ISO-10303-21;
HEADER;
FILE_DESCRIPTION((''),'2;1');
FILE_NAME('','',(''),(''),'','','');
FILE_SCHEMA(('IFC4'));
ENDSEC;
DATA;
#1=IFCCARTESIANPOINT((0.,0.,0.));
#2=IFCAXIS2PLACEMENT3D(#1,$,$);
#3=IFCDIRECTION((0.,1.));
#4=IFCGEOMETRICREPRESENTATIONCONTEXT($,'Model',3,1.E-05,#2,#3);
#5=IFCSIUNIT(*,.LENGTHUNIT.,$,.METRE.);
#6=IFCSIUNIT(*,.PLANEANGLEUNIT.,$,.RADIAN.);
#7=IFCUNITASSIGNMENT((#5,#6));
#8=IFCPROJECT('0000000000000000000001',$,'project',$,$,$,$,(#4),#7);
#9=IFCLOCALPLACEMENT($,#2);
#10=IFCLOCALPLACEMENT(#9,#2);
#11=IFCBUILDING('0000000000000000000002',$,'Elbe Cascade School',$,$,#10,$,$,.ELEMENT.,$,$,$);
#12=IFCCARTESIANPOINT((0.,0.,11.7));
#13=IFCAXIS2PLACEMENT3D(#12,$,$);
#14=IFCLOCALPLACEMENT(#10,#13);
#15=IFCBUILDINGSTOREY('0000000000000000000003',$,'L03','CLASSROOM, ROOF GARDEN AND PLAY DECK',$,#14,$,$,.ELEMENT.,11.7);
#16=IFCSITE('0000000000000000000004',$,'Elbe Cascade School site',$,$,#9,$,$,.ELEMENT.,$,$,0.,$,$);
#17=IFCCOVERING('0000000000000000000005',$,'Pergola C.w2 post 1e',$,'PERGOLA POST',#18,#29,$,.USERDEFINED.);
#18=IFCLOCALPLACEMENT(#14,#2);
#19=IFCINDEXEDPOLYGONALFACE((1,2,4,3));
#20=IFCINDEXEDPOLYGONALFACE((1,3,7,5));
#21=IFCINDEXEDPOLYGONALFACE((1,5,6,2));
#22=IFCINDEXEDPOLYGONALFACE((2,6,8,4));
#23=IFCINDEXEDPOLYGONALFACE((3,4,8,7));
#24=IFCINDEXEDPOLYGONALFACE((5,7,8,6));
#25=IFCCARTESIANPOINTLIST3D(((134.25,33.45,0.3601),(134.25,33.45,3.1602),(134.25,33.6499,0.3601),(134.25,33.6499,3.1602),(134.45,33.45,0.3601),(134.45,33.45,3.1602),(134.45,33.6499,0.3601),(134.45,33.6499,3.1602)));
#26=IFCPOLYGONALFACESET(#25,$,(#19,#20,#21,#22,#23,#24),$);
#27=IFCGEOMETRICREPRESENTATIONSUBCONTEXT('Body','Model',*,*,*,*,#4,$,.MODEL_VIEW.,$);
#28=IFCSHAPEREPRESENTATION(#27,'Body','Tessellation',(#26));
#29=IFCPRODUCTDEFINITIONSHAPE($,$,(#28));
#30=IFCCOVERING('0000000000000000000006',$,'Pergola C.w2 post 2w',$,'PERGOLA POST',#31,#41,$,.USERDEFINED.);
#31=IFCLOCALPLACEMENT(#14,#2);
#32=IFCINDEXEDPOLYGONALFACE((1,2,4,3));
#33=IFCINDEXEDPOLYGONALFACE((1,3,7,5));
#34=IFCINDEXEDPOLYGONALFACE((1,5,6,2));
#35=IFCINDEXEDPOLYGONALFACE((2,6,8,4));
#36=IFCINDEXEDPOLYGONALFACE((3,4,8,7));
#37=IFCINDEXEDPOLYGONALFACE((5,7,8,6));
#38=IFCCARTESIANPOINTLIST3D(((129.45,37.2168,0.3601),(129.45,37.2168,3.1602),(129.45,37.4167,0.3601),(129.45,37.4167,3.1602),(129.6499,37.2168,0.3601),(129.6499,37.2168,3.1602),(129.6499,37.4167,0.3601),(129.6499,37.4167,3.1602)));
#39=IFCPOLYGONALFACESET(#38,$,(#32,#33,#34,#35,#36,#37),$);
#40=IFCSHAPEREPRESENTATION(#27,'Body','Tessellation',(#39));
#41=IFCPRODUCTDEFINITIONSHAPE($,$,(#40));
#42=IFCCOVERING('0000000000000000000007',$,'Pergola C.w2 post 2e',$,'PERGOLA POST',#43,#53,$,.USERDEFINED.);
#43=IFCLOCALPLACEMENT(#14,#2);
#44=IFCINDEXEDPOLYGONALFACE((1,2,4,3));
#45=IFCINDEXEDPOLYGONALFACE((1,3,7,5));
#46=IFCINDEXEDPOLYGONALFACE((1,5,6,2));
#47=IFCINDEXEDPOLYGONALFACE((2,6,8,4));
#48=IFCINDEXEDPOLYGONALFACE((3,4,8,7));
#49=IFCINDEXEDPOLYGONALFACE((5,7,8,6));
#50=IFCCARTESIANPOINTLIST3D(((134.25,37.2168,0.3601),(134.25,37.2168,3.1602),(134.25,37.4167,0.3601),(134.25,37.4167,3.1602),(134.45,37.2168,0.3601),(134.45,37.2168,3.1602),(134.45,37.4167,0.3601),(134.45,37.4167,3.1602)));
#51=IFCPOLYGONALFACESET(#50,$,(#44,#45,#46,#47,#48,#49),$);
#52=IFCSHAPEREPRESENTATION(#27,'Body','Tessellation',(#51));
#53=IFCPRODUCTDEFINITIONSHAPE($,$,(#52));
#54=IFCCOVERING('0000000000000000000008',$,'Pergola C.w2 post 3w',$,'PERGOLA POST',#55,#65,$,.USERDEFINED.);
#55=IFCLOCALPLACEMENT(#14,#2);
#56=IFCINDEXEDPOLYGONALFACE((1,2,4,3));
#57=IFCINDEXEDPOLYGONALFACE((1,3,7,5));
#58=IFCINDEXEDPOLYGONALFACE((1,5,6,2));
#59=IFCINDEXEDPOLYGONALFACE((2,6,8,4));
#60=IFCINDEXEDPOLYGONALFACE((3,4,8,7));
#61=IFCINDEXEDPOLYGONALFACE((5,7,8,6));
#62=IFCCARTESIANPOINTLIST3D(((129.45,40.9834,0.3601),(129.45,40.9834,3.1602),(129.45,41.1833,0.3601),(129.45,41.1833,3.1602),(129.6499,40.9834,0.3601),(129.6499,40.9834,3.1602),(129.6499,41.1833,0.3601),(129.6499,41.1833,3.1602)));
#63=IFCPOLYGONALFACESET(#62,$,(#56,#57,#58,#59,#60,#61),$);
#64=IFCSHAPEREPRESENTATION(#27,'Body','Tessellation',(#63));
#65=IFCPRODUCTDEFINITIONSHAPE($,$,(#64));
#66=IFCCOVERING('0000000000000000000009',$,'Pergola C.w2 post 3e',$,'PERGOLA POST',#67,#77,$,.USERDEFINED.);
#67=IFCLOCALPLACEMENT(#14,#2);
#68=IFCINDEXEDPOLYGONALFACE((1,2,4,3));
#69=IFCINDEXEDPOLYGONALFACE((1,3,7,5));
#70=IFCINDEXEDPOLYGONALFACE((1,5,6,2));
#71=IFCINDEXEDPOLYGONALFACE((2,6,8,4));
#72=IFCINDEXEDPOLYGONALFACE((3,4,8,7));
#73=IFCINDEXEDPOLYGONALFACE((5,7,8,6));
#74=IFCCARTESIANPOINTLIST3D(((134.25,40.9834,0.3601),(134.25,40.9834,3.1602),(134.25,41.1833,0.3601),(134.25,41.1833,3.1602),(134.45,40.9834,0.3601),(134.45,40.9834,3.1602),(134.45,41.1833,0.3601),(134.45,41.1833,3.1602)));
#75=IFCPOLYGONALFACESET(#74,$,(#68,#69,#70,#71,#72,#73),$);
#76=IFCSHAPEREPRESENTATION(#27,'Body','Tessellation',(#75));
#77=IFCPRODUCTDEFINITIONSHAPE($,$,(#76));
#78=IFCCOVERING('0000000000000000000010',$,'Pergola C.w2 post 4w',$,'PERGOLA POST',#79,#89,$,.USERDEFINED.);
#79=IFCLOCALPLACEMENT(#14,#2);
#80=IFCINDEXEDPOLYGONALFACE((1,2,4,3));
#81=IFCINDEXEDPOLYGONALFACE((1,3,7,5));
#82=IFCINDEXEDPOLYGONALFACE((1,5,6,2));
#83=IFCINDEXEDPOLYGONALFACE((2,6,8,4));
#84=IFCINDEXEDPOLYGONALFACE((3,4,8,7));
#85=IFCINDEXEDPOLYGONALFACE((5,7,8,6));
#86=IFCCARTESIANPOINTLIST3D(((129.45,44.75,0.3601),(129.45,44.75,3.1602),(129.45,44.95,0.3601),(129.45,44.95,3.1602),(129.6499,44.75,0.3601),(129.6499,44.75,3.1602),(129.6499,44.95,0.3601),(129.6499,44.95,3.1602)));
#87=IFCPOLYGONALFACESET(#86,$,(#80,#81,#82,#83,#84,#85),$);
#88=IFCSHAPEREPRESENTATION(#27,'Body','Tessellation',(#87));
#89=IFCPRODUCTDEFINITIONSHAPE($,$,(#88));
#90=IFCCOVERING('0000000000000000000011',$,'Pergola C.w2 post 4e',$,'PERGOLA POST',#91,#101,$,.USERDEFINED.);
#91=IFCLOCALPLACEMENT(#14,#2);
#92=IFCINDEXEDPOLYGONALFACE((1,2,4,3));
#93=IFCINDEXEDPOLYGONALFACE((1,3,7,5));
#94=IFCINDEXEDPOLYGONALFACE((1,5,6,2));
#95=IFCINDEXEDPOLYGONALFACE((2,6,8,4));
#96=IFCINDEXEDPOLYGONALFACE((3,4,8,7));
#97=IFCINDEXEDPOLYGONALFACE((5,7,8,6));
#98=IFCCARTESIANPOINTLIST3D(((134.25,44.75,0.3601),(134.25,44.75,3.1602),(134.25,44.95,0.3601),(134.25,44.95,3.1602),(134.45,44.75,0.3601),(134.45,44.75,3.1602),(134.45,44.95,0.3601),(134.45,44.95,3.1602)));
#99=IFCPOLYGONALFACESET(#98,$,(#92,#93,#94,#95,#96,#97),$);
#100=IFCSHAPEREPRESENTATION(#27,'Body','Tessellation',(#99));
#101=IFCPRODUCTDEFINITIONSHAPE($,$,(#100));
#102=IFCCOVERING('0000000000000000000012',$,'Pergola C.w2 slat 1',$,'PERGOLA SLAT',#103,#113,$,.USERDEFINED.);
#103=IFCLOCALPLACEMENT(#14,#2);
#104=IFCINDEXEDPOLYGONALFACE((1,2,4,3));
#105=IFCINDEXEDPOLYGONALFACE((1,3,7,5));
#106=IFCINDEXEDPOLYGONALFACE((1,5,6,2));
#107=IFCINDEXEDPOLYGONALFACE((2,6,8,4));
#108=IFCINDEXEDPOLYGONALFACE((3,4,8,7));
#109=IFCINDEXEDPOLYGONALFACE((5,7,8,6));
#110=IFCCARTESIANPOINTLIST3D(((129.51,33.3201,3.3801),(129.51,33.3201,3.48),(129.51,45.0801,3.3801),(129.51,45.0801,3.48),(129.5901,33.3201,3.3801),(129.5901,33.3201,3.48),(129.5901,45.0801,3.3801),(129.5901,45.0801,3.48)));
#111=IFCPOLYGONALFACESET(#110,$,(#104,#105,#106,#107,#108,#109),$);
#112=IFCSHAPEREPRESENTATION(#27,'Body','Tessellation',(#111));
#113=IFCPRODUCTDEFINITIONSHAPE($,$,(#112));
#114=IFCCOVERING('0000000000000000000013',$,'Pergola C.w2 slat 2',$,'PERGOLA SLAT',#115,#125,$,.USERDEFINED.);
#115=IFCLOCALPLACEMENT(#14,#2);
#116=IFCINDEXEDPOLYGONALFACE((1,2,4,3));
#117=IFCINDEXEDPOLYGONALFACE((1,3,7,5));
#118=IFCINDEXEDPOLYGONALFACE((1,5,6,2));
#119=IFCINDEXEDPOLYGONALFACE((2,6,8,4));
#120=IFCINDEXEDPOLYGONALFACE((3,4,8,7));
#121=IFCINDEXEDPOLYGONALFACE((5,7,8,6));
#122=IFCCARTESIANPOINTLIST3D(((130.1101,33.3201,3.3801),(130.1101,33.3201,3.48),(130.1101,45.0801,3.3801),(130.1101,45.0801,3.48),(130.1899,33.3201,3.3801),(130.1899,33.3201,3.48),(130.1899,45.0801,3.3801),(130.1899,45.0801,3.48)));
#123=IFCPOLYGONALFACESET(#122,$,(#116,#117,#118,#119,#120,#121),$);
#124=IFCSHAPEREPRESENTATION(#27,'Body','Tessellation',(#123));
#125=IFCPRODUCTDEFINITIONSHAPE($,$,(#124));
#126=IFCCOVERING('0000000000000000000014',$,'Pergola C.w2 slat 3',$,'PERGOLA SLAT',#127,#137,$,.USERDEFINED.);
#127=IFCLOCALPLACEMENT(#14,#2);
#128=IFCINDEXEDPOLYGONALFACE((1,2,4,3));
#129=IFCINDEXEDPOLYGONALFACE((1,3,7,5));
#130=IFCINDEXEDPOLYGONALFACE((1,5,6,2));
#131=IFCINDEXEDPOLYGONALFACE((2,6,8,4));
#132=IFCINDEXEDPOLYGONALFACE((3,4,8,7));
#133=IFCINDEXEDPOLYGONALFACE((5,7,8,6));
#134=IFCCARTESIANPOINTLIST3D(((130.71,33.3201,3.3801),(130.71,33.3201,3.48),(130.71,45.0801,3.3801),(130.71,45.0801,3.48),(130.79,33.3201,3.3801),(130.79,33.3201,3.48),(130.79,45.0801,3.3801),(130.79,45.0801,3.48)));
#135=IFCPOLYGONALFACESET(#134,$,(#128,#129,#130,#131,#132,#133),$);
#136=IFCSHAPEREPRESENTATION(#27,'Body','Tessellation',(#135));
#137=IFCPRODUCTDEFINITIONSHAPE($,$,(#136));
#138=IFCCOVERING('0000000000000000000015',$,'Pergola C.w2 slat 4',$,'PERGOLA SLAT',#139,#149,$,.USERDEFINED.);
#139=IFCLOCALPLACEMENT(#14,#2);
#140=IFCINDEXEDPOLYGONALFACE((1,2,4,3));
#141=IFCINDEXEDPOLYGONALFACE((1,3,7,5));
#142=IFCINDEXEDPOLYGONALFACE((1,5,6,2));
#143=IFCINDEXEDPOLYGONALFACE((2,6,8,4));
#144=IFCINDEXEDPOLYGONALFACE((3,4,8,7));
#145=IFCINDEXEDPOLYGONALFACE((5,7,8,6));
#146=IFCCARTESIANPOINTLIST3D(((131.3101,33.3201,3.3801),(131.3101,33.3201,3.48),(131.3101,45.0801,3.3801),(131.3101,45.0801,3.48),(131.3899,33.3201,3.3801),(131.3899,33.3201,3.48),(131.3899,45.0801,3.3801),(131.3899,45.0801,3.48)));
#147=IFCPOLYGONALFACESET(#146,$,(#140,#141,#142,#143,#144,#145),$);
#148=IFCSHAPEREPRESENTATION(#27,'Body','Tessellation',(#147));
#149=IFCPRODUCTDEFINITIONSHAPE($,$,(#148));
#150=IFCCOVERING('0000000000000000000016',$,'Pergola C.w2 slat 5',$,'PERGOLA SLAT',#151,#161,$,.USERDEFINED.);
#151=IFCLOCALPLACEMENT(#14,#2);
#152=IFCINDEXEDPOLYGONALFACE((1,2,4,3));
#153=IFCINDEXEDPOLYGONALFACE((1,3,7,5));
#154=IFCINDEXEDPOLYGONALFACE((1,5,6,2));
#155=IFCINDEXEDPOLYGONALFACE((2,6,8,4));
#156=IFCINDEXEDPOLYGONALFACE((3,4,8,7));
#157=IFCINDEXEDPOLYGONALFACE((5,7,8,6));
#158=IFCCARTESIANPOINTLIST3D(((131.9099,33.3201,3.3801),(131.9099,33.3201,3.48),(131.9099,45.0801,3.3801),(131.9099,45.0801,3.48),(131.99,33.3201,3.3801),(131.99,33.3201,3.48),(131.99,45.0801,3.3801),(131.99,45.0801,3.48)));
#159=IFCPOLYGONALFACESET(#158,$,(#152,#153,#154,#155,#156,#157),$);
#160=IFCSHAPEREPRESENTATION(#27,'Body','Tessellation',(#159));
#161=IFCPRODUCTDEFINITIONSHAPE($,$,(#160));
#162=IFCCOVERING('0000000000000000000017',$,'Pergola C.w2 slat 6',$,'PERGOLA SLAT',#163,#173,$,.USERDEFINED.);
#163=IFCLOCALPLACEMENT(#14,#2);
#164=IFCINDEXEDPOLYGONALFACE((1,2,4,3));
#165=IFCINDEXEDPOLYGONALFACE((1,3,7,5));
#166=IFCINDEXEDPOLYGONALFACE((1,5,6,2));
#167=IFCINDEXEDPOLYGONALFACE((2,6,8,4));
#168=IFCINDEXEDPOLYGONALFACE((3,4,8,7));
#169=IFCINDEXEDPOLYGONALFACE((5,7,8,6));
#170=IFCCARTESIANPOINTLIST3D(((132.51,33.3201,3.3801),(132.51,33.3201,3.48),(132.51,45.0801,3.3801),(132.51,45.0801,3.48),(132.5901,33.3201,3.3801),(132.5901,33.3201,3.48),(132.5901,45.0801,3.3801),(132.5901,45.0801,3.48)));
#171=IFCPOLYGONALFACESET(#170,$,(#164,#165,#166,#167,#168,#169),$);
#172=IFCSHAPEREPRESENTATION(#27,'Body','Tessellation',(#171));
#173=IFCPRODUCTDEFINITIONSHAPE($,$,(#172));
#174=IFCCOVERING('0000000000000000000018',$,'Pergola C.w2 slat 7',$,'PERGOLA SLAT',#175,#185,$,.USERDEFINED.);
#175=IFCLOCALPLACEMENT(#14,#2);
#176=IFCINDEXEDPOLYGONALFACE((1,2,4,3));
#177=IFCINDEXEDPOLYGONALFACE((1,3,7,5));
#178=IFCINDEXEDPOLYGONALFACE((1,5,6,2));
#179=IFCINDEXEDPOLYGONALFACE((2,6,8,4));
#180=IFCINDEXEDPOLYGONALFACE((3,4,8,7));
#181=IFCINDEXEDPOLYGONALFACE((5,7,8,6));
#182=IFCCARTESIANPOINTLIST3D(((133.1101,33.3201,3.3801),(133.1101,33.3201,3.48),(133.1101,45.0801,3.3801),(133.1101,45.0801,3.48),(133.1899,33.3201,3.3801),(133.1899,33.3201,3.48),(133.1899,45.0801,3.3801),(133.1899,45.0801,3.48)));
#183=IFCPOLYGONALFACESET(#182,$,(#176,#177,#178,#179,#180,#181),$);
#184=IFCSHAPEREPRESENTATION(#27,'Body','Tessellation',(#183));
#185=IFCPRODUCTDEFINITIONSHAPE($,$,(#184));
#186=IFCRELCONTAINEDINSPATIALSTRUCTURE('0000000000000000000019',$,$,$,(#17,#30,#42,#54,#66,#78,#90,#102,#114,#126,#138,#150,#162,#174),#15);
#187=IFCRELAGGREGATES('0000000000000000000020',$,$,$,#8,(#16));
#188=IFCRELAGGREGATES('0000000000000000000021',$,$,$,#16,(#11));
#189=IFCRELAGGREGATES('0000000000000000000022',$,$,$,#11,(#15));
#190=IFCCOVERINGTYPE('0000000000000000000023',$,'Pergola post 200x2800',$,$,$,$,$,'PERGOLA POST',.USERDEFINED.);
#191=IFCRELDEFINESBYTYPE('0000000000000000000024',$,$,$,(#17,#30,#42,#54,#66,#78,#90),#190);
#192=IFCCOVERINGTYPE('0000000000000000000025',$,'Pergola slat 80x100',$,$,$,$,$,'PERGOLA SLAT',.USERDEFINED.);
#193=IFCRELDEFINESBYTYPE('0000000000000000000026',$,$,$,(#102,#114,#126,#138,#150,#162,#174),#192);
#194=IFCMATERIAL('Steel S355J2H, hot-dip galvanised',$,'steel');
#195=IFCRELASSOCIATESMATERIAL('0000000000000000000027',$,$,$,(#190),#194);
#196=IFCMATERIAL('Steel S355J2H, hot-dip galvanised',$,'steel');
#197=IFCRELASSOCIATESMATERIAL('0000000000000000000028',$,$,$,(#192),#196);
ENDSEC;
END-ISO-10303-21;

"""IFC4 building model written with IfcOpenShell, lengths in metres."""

from ifc_helpers import new_model, si_unit, direction, frame, origin, place, context, subcontext, project, spatial, polyline, outline, extrude, material, type_object, element, save


model = new_model("IFC4")

# Units and contexts
model_context = context("Model", 3, precision=1e-05, world=origin(), true_north=direction((0.0, 1.0)))
body_context = subcontext(model_context, "Body", "Model", "MODEL_VIEW")
ifc_project = project(units=[si_unit("LENGTHUNIT", "METRE"), si_unit("PLANEANGLEUNIT", "RADIAN")], contexts=[model_context])

# Site, building, storey
site_placement = place(None, origin())
site = spatial("IfcSite", under=ifc_project, at=site_placement, Name="Elbe Cascade School site", CompositionType="ELEMENT", RefElevation=0.0)
building_placement = place(site_placement, origin())
building = spatial("IfcBuilding", under=site, at=building_placement, Name="Elbe Cascade School", CompositionType="ELEMENT")
storey_placement = place(building_placement, frame((0.0, 0.0, 11.7)))
storey = spatial("IfcBuildingStorey", under=building, at=storey_placement, Name="L03", Description="CLASSROOM, ROOF GARDEN AND PLAY DECK", CompositionType="ELEMENT", Elevation=11.7)

# Coverings
ifc_material_1 = material(Name="Steel S355J2H, hot-dip galvanised", Category="steel")
covering_type_1 = type_object("IfcCoveringType", Name="Pergola post 200x2800", ElementType="PERGOLA POST", PredefinedType="USERDEFINED", material=ifc_material_1)
covering_1_placement = place(storey_placement, frame((0.0, 0.0, 0.3601)))
element("IfcCovering", 1, at=covering_1_placement, inside=storey, type_object=covering_type_1, Name="Pergola C.w2 post 1e", ObjectType="PERGOLA POST", PredefinedType="USERDEFINED", context=body_context, shape_type="SweptSolid", body=[
    extrude(outline(polyline([(134.25, 33.45), (134.45, 33.45), (134.45, 33.6499), (134.25, 33.6499), (134.25, 33.45)])), origin(), (0.0, 0.0, 1.0), 2.8),
])
covering_2_placement = place(storey_placement, frame((0.0, 0.0, 0.3601)))
element("IfcCovering", 2, at=covering_2_placement, inside=storey, type_object=covering_type_1, Name="Pergola C.w2 post 2w", ObjectType="PERGOLA POST", PredefinedType="USERDEFINED", context=body_context, shape_type="SweptSolid", body=[
    extrude(outline(polyline([(129.45, 37.2168), (129.6499, 37.2168), (129.6499, 37.4167), (129.45, 37.4167), (129.45, 37.2168)])), origin(), (0.0, 0.0, 1.0), 2.8),
])
covering_3_placement = place(storey_placement, frame((0.0, 0.0, 0.3601)))
element("IfcCovering", 3, at=covering_3_placement, inside=storey, type_object=covering_type_1, Name="Pergola C.w2 post 2e", ObjectType="PERGOLA POST", PredefinedType="USERDEFINED", context=body_context, shape_type="SweptSolid", body=[
    extrude(outline(polyline([(134.25, 37.2168), (134.45, 37.2168), (134.45, 37.4167), (134.25, 37.4167), (134.25, 37.2168)])), origin(), (0.0, 0.0, 1.0), 2.8),
])
covering_4_placement = place(storey_placement, frame((0.0, 0.0, 0.3601)))
element("IfcCovering", 4, at=covering_4_placement, inside=storey, type_object=covering_type_1, Name="Pergola C.w2 post 3w", ObjectType="PERGOLA POST", PredefinedType="USERDEFINED", context=body_context, shape_type="SweptSolid", body=[
    extrude(outline(polyline([(129.45, 40.9834), (129.6499, 40.9834), (129.6499, 41.1833), (129.45, 41.1833), (129.45, 40.9834)])), origin(), (0.0, 0.0, 1.0), 2.8),
])
covering_5_placement = place(storey_placement, frame((0.0, 0.0, 0.3601)))
element("IfcCovering", 5, at=covering_5_placement, inside=storey, type_object=covering_type_1, Name="Pergola C.w2 post 3e", ObjectType="PERGOLA POST", PredefinedType="USERDEFINED", context=body_context, shape_type="SweptSolid", body=[
    extrude(outline(polyline([(134.25, 40.9834), (134.45, 40.9834), (134.45, 41.1833), (134.25, 41.1833), (134.25, 40.9834)])), origin(), (0.0, 0.0, 1.0), 2.8),
])
covering_6_placement = place(storey_placement, frame((0.0, 0.0, 0.3601)))
element("IfcCovering", 6, at=covering_6_placement, inside=storey, type_object=covering_type_1, Name="Pergola C.w2 post 4w", ObjectType="PERGOLA POST", PredefinedType="USERDEFINED", context=body_context, shape_type="SweptSolid", body=[
    extrude(outline(polyline([(129.45, 44.75), (129.6499, 44.75), (129.6499, 44.95), (129.45, 44.95), (129.45, 44.75)])), origin(), (0.0, 0.0, 1.0), 2.8),
])
covering_7_placement = place(storey_placement, frame((0.0, 0.0, 0.3601)))
element("IfcCovering", 7, at=covering_7_placement, inside=storey, type_object=covering_type_1, Name="Pergola C.w2 post 4e", ObjectType="PERGOLA POST", PredefinedType="USERDEFINED", context=body_context, shape_type="SweptSolid", body=[
    extrude(outline(polyline([(134.25, 44.75), (134.45, 44.75), (134.45, 44.95), (134.25, 44.95), (134.25, 44.75)])), origin(), (0.0, 0.0, 1.0), 2.8),
])
ifc_material_2 = material(Name="Steel S355J2H, hot-dip galvanised", Category="steel")
covering_type_2 = type_object("IfcCoveringType", Name="Pergola slat 80x100", ElementType="PERGOLA SLAT", PredefinedType="USERDEFINED", material=ifc_material_2)
covering_8_placement = place(storey_placement, frame((0.0, 0.0, 3.3801)))
element("IfcCovering", 8, at=covering_8_placement, inside=storey, type_object=covering_type_2, Name="Pergola C.w2 slat 1", ObjectType="PERGOLA SLAT", PredefinedType="USERDEFINED", context=body_context, shape_type="SweptSolid", body=[
    extrude(outline(polyline([(129.51, 33.3201), (129.5901, 33.3201), (129.5901, 45.0801), (129.51, 45.0801), (129.51, 33.3201)])), origin(), (0.0, 0.0, 1.0), 0.0999),
])
covering_9_placement = place(storey_placement, frame((0.0, 0.0, 3.3801)))
element("IfcCovering", 9, at=covering_9_placement, inside=storey, type_object=covering_type_2, Name="Pergola C.w2 slat 2", ObjectType="PERGOLA SLAT", PredefinedType="USERDEFINED", context=body_context, shape_type="SweptSolid", body=[
    extrude(outline(polyline([(130.1101, 33.3201), (130.1899, 33.3201), (130.1899, 45.0801), (130.1101, 45.0801), (130.1101, 33.3201)])), origin(), (0.0, 0.0, 1.0), 0.0999),
])
covering_10_placement = place(storey_placement, frame((0.0, 0.0, 3.3801)))
element("IfcCovering", 10, at=covering_10_placement, inside=storey, type_object=covering_type_2, Name="Pergola C.w2 slat 3", ObjectType="PERGOLA SLAT", PredefinedType="USERDEFINED", context=body_context, shape_type="SweptSolid", body=[
    extrude(outline(polyline([(130.71, 33.3201), (130.79, 33.3201), (130.79, 45.0801), (130.71, 45.0801), (130.71, 33.3201)])), origin(), (0.0, 0.0, 1.0), 0.0999),
])
covering_11_placement = place(storey_placement, frame((0.0, 0.0, 3.3801)))
element("IfcCovering", 11, at=covering_11_placement, inside=storey, type_object=covering_type_2, Name="Pergola C.w2 slat 4", ObjectType="PERGOLA SLAT", PredefinedType="USERDEFINED", context=body_context, shape_type="SweptSolid", body=[
    extrude(outline(polyline([(131.3101, 33.3201), (131.3899, 33.3201), (131.3899, 45.0801), (131.3101, 45.0801), (131.3101, 33.3201)])), origin(), (0.0, 0.0, 1.0), 0.0999),
])
covering_12_placement = place(storey_placement, frame((0.0, 0.0, 3.3801)))
element("IfcCovering", 12, at=covering_12_placement, inside=storey, type_object=covering_type_2, Name="Pergola C.w2 slat 5", ObjectType="PERGOLA SLAT", PredefinedType="USERDEFINED", context=body_context, shape_type="SweptSolid", body=[
    extrude(outline(polyline([(131.9099, 33.3201), (131.99, 33.3201), (131.99, 45.0801), (131.9099, 45.0801), (131.9099, 33.3201)])), origin(), (0.0, 0.0, 1.0), 0.0999),
])
covering_13_placement = place(storey_placement, frame((0.0, 0.0, 3.3801)))
element("IfcCovering", 13, at=covering_13_placement, inside=storey, type_object=covering_type_2, Name="Pergola C.w2 slat 6", ObjectType="PERGOLA SLAT", PredefinedType="USERDEFINED", context=body_context, shape_type="SweptSolid", body=[
    extrude(outline(polyline([(132.51, 33.3201), (132.5901, 33.3201), (132.5901, 45.0801), (132.51, 45.0801), (132.51, 33.3201)])), origin(), (0.0, 0.0, 1.0), 0.0999),
])
covering_14_placement = place(storey_placement, frame((0.0, 0.0, 3.3801)))
element("IfcCovering", 14, at=covering_14_placement, inside=storey, type_object=covering_type_2, Name="Pergola C.w2 slat 7", ObjectType="PERGOLA SLAT", PredefinedType="USERDEFINED", context=body_context, shape_type="SweptSolid", body=[
    extrude(outline(polyline([(133.1101, 33.3201), (133.1899, 33.3201), (133.1899, 45.0801), (133.1101, 45.0801), (133.1101, 33.3201)])), origin(), (0.0, 0.0, 1.0), 0.0999),
])

save(model, "model.ifc")
